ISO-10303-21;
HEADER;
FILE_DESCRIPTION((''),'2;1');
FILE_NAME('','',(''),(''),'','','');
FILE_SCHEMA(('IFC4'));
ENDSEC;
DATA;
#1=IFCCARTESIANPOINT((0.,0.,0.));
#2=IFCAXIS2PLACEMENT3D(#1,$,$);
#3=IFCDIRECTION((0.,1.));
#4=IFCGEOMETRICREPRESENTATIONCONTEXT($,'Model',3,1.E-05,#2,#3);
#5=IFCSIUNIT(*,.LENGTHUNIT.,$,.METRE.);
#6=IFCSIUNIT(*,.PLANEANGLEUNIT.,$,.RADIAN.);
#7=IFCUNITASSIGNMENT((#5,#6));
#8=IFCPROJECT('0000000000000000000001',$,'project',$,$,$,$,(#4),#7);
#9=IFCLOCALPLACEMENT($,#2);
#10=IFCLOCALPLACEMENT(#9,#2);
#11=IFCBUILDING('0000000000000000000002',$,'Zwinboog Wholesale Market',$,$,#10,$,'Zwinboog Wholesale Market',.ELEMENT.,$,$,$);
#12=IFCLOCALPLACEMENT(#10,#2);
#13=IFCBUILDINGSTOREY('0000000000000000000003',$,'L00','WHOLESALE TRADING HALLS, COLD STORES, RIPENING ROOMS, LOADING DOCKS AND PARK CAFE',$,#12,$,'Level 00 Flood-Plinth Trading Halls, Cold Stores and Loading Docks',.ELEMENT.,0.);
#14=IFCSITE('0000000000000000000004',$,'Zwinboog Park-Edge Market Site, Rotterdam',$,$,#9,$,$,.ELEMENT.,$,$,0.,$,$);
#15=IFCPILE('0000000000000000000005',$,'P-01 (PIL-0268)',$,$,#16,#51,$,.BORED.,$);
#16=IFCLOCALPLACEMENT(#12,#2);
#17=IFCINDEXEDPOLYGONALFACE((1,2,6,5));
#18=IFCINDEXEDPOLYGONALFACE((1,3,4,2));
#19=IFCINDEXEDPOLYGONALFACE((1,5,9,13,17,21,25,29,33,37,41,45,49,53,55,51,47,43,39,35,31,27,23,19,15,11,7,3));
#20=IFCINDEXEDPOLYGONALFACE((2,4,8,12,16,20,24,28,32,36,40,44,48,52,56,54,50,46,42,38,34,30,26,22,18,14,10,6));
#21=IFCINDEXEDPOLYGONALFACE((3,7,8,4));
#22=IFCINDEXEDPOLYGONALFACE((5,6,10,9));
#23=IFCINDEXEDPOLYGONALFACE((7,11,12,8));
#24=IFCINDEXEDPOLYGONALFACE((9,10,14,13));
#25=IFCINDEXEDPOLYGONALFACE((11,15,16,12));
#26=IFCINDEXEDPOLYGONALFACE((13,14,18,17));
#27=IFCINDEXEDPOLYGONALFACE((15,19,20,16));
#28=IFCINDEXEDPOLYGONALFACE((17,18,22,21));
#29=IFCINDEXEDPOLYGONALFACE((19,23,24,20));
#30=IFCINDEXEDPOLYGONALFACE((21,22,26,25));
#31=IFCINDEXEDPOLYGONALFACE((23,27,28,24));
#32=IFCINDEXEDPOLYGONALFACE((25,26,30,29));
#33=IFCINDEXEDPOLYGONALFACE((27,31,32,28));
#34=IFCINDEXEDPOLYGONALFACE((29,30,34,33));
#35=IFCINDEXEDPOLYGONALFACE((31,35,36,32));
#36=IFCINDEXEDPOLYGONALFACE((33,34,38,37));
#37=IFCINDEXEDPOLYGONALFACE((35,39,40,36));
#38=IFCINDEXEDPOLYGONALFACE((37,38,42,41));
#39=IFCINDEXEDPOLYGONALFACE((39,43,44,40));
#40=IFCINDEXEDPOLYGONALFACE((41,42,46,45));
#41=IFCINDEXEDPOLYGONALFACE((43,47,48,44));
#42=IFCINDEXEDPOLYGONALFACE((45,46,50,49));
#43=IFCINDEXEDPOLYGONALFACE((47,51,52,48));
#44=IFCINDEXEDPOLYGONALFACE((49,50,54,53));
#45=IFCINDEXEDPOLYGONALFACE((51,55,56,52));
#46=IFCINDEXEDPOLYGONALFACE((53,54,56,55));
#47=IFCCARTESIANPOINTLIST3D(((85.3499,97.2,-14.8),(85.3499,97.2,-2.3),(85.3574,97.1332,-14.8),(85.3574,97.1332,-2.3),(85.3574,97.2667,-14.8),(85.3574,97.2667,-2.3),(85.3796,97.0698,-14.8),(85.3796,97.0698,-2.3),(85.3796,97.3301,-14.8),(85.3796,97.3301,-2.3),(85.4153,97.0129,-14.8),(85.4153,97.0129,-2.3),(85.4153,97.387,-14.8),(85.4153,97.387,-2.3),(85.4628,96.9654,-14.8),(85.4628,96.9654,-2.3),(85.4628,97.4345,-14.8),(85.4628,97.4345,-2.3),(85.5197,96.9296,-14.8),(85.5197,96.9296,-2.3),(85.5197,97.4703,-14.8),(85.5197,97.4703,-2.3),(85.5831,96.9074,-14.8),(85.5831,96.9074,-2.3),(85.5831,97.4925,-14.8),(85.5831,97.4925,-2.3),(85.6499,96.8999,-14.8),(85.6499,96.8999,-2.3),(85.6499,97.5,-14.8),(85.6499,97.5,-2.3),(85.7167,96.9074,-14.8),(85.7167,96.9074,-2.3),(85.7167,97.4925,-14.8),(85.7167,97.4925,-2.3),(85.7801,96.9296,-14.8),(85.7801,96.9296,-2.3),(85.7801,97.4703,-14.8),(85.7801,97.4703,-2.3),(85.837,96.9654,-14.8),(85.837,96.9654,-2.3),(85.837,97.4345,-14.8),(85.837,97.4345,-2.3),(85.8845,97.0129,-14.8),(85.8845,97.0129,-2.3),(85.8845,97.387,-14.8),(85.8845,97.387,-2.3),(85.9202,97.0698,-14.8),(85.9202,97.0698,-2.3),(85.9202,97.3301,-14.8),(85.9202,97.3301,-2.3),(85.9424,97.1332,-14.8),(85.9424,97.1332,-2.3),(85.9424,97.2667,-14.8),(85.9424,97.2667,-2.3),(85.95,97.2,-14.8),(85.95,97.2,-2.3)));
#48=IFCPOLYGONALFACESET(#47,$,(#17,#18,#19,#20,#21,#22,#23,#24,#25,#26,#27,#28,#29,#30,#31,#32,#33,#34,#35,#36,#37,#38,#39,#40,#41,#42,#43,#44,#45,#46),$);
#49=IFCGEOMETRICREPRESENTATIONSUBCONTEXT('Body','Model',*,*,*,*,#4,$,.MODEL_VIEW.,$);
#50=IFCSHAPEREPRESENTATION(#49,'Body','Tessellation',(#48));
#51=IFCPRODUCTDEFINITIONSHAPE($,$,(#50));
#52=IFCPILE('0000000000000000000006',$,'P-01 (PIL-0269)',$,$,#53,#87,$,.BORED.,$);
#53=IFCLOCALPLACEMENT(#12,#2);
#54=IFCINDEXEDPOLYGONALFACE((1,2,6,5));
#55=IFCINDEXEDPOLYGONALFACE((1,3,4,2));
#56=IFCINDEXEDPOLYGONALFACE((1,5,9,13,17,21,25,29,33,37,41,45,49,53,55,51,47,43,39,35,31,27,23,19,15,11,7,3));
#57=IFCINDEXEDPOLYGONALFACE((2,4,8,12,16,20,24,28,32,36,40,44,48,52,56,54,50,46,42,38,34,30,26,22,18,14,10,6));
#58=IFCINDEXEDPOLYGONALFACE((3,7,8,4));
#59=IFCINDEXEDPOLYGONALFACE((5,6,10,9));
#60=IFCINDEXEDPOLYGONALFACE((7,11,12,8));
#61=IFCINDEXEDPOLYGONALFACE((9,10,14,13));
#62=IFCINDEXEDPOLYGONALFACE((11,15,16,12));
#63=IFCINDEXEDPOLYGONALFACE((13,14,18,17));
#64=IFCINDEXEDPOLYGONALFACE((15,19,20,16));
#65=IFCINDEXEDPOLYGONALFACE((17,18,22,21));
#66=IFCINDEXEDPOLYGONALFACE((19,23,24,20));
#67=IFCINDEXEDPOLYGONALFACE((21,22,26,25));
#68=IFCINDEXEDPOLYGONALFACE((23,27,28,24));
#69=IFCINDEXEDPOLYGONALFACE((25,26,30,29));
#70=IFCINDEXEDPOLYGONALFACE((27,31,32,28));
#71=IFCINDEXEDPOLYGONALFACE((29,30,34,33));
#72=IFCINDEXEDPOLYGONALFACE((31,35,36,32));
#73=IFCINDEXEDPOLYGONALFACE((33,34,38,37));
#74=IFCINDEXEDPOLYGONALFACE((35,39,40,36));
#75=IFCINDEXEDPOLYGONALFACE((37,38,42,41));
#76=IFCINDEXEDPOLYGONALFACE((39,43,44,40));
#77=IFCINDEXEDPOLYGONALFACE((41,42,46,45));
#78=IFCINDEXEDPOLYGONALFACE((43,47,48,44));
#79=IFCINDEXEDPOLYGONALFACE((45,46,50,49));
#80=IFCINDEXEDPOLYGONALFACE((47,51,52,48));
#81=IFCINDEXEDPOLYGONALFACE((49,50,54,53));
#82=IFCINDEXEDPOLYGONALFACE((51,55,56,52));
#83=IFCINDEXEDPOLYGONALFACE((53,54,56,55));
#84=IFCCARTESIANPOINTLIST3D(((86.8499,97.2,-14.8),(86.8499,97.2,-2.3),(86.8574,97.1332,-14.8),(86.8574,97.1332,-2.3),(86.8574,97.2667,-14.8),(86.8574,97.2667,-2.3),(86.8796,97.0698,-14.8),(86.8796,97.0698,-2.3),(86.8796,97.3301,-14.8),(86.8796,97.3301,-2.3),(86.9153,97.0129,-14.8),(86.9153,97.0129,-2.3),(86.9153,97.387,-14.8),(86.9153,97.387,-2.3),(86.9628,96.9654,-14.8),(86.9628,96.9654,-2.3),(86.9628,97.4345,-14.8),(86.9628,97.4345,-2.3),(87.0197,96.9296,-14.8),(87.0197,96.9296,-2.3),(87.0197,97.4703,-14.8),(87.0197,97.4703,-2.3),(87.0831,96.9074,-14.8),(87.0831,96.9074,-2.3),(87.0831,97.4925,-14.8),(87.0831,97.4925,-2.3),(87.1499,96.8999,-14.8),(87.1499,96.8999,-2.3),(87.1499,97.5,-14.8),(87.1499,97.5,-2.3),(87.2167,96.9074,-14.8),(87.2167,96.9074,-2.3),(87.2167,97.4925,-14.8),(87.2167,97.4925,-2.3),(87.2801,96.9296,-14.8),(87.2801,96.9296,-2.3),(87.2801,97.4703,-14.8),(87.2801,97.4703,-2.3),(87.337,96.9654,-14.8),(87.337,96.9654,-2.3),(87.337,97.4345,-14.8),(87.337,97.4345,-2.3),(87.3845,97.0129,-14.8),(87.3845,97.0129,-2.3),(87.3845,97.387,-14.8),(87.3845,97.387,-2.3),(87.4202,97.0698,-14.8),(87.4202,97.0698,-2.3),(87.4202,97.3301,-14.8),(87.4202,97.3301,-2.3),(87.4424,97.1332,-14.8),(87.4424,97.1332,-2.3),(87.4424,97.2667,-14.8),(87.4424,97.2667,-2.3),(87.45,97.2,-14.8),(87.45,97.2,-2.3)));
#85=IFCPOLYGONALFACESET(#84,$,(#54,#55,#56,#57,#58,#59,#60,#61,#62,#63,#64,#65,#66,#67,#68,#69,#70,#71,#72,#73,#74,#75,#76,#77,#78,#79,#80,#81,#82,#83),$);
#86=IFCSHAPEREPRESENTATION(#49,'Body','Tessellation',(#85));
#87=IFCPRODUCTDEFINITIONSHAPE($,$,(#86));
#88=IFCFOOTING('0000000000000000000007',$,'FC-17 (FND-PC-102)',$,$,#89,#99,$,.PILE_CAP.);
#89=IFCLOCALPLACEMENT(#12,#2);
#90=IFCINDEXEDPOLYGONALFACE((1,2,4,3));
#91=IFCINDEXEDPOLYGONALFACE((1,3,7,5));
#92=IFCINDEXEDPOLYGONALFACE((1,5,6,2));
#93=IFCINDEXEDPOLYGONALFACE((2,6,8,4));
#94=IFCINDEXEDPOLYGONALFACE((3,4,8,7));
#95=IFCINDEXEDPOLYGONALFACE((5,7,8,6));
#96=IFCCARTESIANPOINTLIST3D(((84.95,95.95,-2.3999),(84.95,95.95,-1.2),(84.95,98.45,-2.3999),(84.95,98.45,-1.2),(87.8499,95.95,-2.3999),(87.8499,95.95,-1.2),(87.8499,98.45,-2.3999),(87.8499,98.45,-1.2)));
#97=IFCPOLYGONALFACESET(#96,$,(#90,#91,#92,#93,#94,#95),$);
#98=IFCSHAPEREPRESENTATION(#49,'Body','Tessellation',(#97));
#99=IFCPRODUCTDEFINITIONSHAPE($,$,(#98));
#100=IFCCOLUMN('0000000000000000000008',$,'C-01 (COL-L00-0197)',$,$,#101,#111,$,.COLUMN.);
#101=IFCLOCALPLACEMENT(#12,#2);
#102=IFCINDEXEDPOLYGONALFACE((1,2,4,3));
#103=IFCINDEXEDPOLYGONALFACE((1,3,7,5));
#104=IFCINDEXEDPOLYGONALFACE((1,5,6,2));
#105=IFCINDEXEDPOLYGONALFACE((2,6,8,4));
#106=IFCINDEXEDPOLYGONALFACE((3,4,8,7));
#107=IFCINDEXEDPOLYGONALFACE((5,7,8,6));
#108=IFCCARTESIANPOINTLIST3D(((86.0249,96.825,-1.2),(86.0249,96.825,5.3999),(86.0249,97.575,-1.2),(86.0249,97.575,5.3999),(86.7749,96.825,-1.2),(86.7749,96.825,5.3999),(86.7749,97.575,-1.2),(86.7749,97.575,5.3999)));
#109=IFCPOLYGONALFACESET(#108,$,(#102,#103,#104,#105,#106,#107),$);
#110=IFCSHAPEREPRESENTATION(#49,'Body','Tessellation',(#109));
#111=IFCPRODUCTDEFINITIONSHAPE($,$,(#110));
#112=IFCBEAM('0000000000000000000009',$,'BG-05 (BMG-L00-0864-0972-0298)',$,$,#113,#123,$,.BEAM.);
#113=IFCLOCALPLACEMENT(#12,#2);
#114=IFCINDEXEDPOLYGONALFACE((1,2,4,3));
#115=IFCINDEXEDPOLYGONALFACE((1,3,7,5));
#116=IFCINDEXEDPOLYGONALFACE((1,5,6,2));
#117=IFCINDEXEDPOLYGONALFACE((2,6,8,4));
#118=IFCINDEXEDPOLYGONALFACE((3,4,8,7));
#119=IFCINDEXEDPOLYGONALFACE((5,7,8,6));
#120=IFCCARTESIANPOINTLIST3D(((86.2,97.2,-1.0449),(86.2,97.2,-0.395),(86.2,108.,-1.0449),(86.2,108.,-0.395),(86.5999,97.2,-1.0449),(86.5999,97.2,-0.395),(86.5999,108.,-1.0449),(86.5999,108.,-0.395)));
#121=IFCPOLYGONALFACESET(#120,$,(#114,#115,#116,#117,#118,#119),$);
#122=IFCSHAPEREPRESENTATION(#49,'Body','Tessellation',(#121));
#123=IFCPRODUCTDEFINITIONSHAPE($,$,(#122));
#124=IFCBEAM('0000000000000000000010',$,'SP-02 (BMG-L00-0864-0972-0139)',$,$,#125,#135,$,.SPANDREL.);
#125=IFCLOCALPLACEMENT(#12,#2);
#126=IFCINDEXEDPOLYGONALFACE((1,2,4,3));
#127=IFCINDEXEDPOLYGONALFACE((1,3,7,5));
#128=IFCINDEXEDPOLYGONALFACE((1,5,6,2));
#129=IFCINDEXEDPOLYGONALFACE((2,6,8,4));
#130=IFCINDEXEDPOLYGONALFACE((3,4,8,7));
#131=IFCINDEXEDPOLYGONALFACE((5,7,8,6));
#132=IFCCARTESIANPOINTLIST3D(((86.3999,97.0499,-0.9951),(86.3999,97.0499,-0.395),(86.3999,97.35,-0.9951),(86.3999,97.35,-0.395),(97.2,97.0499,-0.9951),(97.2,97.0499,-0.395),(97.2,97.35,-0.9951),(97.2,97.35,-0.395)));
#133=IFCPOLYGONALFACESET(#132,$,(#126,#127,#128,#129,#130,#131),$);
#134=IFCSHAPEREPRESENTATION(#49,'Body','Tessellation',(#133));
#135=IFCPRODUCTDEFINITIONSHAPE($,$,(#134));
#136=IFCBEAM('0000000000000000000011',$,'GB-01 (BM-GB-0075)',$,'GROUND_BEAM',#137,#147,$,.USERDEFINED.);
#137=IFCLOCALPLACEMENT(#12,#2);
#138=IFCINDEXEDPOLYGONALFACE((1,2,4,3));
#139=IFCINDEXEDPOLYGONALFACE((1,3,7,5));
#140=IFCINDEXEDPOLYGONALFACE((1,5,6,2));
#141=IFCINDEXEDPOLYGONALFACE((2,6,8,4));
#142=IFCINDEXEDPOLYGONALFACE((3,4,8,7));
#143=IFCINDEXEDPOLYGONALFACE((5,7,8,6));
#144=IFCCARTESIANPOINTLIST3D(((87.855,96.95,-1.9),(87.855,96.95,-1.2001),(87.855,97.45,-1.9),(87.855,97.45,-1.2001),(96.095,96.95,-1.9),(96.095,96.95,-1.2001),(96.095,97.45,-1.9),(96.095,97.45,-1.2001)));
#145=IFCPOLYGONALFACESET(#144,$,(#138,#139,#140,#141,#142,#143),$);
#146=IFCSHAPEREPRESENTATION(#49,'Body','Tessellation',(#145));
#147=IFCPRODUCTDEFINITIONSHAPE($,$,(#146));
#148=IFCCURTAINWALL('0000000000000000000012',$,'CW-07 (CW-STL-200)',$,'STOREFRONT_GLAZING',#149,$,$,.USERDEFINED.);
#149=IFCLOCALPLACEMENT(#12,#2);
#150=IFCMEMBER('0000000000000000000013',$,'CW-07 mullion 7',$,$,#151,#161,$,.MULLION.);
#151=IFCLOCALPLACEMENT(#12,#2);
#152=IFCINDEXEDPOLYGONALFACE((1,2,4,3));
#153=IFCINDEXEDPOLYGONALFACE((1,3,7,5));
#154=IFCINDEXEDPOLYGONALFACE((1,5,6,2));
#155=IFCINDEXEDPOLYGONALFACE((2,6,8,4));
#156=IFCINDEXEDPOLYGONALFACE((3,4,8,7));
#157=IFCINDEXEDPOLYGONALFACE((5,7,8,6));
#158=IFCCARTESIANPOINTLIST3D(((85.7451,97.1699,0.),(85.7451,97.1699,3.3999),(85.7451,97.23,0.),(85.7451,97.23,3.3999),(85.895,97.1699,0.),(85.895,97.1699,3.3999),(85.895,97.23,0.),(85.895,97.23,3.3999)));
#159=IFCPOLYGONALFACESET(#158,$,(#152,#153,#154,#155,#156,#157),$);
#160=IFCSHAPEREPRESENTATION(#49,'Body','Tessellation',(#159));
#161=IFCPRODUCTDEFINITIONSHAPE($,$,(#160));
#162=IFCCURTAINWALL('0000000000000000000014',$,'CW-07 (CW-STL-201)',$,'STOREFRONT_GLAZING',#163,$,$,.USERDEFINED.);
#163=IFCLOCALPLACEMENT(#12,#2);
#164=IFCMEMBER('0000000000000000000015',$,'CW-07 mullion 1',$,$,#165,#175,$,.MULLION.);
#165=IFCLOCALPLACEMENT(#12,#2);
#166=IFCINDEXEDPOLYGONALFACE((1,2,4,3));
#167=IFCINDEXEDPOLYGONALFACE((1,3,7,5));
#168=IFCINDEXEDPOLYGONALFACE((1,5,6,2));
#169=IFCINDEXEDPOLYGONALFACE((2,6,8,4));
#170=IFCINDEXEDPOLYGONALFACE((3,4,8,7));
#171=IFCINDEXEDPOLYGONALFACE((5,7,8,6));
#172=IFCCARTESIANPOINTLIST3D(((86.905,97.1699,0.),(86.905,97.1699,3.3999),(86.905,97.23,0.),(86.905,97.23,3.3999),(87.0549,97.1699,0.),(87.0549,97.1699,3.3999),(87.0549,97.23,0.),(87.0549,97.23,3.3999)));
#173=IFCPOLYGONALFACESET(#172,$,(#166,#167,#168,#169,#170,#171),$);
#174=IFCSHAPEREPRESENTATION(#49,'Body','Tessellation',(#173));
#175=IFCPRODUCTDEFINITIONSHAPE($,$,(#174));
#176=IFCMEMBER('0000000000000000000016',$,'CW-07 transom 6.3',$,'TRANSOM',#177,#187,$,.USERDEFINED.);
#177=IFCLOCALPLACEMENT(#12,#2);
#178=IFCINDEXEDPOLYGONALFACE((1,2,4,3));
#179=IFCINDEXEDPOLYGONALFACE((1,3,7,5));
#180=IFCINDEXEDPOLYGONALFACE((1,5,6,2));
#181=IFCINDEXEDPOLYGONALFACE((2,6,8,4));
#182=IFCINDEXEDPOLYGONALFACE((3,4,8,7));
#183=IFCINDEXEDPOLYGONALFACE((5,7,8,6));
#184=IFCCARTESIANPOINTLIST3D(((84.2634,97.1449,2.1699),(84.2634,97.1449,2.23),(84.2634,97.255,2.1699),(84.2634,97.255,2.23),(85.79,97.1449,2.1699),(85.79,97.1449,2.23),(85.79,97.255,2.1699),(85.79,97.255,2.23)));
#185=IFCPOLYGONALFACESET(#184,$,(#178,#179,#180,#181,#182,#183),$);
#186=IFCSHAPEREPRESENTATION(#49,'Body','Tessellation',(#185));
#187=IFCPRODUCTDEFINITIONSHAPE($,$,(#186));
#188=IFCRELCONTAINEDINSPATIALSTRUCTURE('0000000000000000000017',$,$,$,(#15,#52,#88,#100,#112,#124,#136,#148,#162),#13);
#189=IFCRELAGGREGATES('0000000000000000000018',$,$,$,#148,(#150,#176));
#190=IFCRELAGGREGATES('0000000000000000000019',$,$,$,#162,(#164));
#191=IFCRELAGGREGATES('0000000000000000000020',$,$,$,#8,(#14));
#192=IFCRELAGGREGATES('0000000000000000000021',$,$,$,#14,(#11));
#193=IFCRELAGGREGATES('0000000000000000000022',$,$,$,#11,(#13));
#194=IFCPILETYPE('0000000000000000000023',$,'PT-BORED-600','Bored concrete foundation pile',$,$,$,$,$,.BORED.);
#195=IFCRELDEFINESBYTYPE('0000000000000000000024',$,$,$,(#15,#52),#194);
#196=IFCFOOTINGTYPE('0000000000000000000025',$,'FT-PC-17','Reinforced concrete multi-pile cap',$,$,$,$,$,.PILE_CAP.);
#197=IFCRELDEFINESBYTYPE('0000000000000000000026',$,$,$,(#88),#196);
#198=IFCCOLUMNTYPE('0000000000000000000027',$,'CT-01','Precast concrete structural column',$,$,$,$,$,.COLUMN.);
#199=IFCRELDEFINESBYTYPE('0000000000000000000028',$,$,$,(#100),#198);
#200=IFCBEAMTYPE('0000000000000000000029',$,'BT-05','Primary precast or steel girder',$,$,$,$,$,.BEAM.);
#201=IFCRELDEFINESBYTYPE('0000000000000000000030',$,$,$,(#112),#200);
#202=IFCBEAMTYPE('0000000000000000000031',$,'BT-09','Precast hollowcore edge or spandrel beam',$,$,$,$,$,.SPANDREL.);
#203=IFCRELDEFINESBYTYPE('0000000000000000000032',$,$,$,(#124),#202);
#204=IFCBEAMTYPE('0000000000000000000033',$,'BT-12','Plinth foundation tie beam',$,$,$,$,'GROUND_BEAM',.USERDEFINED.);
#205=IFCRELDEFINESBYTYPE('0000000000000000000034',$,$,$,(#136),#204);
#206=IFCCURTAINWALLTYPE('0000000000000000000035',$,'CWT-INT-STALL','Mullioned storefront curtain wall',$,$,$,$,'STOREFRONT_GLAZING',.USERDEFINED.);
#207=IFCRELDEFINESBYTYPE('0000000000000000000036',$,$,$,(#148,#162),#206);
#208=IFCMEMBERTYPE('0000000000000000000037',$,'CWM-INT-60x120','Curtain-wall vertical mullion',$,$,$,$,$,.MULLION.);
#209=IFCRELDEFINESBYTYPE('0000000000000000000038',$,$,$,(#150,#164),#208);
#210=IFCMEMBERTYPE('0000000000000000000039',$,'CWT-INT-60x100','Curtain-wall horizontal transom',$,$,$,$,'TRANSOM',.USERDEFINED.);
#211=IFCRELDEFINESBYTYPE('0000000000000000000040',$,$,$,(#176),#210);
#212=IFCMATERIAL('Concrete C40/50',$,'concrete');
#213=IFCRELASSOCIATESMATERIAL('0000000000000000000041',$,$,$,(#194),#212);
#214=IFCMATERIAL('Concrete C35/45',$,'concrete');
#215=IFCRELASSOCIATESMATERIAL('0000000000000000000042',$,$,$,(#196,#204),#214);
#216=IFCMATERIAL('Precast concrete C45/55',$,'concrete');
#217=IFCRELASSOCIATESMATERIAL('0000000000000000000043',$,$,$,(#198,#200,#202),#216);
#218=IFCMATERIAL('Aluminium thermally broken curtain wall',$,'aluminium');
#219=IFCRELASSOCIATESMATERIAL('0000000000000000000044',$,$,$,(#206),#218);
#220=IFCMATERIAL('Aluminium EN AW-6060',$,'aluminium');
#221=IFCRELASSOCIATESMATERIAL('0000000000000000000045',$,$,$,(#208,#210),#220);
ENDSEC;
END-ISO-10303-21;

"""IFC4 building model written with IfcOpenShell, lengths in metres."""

from ifc_helpers import new_model, si_unit, direction, frame, origin, origin_2d, place, context, subcontext, project, spatial, rectangle, circle, extrude, material, material_profile, profile_set, type_object, element, aggregate, save


model = new_model("IFC4")

# Units and contexts
model_context = context("Model", 3, precision=1e-05, world=origin(), true_north=direction((0.0, 1.0)))
body_context = subcontext(model_context, "Body", "Model", "MODEL_VIEW")
ifc_project = project(units=[si_unit("LENGTHUNIT", "METRE"), si_unit("PLANEANGLEUNIT", "RADIAN")], contexts=[model_context])

# Site, building, storey
site_placement = place(None, origin())
site = spatial("IfcSite", under=ifc_project, at=site_placement, Name="Zwinboog Park-Edge Market Site, Rotterdam", CompositionType="ELEMENT", RefElevation=0.0)
building_placement = place(site_placement, origin())
building = spatial("IfcBuilding", under=site, at=building_placement, Name="Zwinboog Wholesale Market", LongName="Zwinboog Wholesale Market", CompositionType="ELEMENT")
storey_placement = place(building_placement, origin())
storey = spatial("IfcBuildingStorey", under=building, at=storey_placement, Name="L00", Description="WHOLESALE TRADING HALLS, COLD STORES, RIPENING ROOMS, LOADING DOCKS AND PARK CAFE", LongName="Level 00 Flood-Plinth Trading Halls, Cold Stores and Loading Docks", CompositionType="ELEMENT", Elevation=0.0)

# Piles
ifc_material_1 = material(Name="Concrete C40/50", Category="concrete")
ifc_material_profile_1 = material_profile(ifc_material_1, circle(Radius=0.3, at=origin_2d()), Name="PILE D600")
ifc_profile_set_1 = profile_set([ifc_material_profile_1], Name="Concrete C40/50")
pile_type = type_object("IfcPileType", Name="PT-BORED-600", Description="Bored concrete foundation pile", PredefinedType="BORED", material=ifc_profile_set_1)
for number, where, z_axis, x_axis, name in (
    (1, (85.6499, 97.2, -2.3), (0.0, 0.0, -1.0), (1.0, 0.0, 0.0), "P-01 (PIL-0268)"),
    (2, (87.1499, 97.2, -2.3), (0.0, 0.0, -1.0), (1.0, 0.0, 0.0), "P-01 (PIL-0269)"),
):
    element("IfcPile", number, at=place(storey_placement, frame(where, z_axis=z_axis, x_axis=x_axis)), inside=storey, type_object=pile_type, Name=name, PredefinedType="BORED", context=body_context, shape_type="SweptSolid", body=[
        extrude(circle(Radius=0.3, at=origin_2d()), origin(), (0.0, 0.0, 1.0), 12.5),
    ])

# Footing
ifc_material_2 = material(Name="Concrete C35/45", Category="concrete")
footing_type = type_object("IfcFootingType", Name="FT-PC-17", Description="Reinforced concrete multi-pile cap", PredefinedType="PILE_CAP", material=ifc_material_2)
footing_placement = place(storey_placement, frame((86.3999, 97.2, -2.3999), z_axis=(0.0, 0.0, 1.0), x_axis=(1.0, 0.0, 0.0)))
element("IfcFooting", 3, at=footing_placement, inside=storey, type_object=footing_type, Name="FC-17 (FND-PC-102)", PredefinedType="PILE_CAP", context=body_context, shape_type="SweptSolid", body=[
    extrude(rectangle(XDim=2.8999, YDim=2.5, at=origin_2d()), origin(), (0.0, 0.0, 1.0), 1.2),
])

# Column
ifc_material_3 = material(Name="Precast concrete C45/55", Category="concrete")
ifc_material_profile_2 = material_profile(ifc_material_3, rectangle(XDim=0.75, YDim=0.75, at=origin_2d()), Name="PC 750x750")
ifc_profile_set_2 = profile_set([ifc_material_profile_2], Name="Precast concrete C45/55")
column_type = type_object("IfcColumnType", Name="CT-01", Description="Precast concrete structural column", PredefinedType="COLUMN", material=ifc_profile_set_2)
column_placement = place(storey_placement, frame((86.3999, 97.2, -1.2), z_axis=(0.0, 0.0, 1.0), x_axis=(1.0, 0.0, 0.0)))
element("IfcColumn", 4, at=column_placement, inside=storey, type_object=column_type, Name="C-01 (COL-L00-0197)", PredefinedType="COLUMN", context=body_context, shape_type="SweptSolid", body=[
    extrude(rectangle(XDim=0.75, YDim=0.75, at=origin_2d()), origin(), (0.0, 0.0, 1.0), 6.5999),
])

# Beams
ifc_material_profile_3 = material_profile(ifc_material_3, rectangle(XDim=0.3999, YDim=0.6499, at=origin_2d()), Name="PC 400x650")
ifc_profile_set_3 = profile_set([ifc_material_profile_3], Name="Precast concrete C45/55")
beam_type_1 = type_object("IfcBeamType", Name="BT-05", Description="Primary precast or steel girder", PredefinedType="BEAM", material=ifc_profile_set_3)
beam_1_placement = place(storey_placement, frame((86.3999, 97.2, -0.72), z_axis=(0.0, 1.0, 0.0), x_axis=(-1.0, 0.0, 0.0)))
element("IfcBeam", 5, at=beam_1_placement, inside=storey, type_object=beam_type_1, Name="BG-05 (BMG-L00-0864-0972-0298)", PredefinedType="BEAM", context=body_context, shape_type="SweptSolid", body=[
    extrude(rectangle(XDim=0.3999, YDim=0.6499, at=origin_2d()), origin(), (0.0, 0.0, 1.0), 10.8),
])
ifc_material_profile_4 = material_profile(ifc_material_3, rectangle(XDim=0.3, YDim=0.6001, at=origin_2d()), Name="PC 300x600")
ifc_profile_set_4 = profile_set([ifc_material_profile_4], Name="Precast concrete C45/55")
beam_type_2 = type_object("IfcBeamType", Name="BT-09", Description="Precast hollowcore edge or spandrel beam", PredefinedType="SPANDREL", material=ifc_profile_set_4)
beam_2_placement = place(storey_placement, frame((86.3999, 97.2, -0.6951), z_axis=(1.0, 0.0, 0.0), x_axis=(0.0, 1.0, 0.0)))
element("IfcBeam", 6, at=beam_2_placement, inside=storey, type_object=beam_type_2, Name="SP-02 (BMG-L00-0864-0972-0139)", PredefinedType="SPANDREL", context=body_context, shape_type="SweptSolid", body=[
    extrude(rectangle(XDim=0.3, YDim=0.6001, at=origin_2d()), origin(), (0.0, 0.0, 1.0), 10.8),
])
ifc_material_profile_5 = material_profile(ifc_material_2, rectangle(XDim=0.5, YDim=0.7, at=origin_2d()), Name="RC 500x700")
ifc_profile_set_5 = profile_set([ifc_material_profile_5], Name="Concrete C35/45")
beam_type_3 = type_object("IfcBeamType", Name="BT-12", Description="Plinth foundation tie beam", ElementType="GROUND_BEAM", PredefinedType="USERDEFINED", material=ifc_profile_set_5)
beam_3_placement = place(storey_placement, frame((87.855, 97.2, -1.55), z_axis=(1.0, 0.0, 0.0), x_axis=(0.0, 1.0, 0.0)))
element("IfcBeam", 7, at=beam_3_placement, inside=storey, type_object=beam_type_3, Name="GB-01 (BM-GB-0075)", ObjectType="GROUND_BEAM", PredefinedType="USERDEFINED", context=body_context, shape_type="SweptSolid", body=[
    extrude(rectangle(XDim=0.5, YDim=0.7, at=origin_2d()), origin(), (0.0, 0.0, 1.0), 8.24),
])

# Curtain walls, members
ifc_material_4 = material(Name="Aluminium thermally broken curtain wall", Category="aluminium")
curtain_wall_type = type_object("IfcCurtainWallType", Name="CWT-INT-STALL", Description="Mullioned storefront curtain wall", ElementType="STOREFRONT_GLAZING", PredefinedType="USERDEFINED", material=ifc_material_4)
curtain_wall_1_placement = place(storey_placement, origin())
curtain_wall_1 = element("IfcCurtainWall", 8, at=curtain_wall_1_placement, inside=storey, type_object=curtain_wall_type, Name="CW-07 (CW-STL-200)", ObjectType="STOREFRONT_GLAZING", PredefinedType="USERDEFINED")
ifc_material_5 = material(Name="Aluminium EN AW-6060", Category="aluminium")
ifc_material_profile_6 = material_profile(ifc_material_5, rectangle(XDim=0.0601, YDim=0.1499, at=origin_2d()), Name="AL 60x150")
ifc_profile_set_6 = profile_set([ifc_material_profile_6], Name="Aluminium EN AW-6060")
member_type_1 = type_object("IfcMemberType", Name="CWM-INT-60x120", Description="Curtain-wall vertical mullion", PredefinedType="MULLION", material=ifc_profile_set_6)
member_1_placement = place(storey_placement, frame((85.8201, 97.2, 0.0), z_axis=(0.0, 0.0, 1.0), x_axis=(0.0, 1.0, 0.0)))
member_1 = element("IfcMember", 9, at=member_1_placement, type_object=member_type_1, Name="CW-07 mullion 7", PredefinedType="MULLION", context=body_context, shape_type="SweptSolid", body=[
    extrude(rectangle(XDim=0.0601, YDim=0.1499, at=origin_2d()), origin(), (0.0, 0.0, 1.0), 3.3999),
])
curtain_wall_2_placement = place(storey_placement, origin())
curtain_wall_2 = element("IfcCurtainWall", 10, at=curtain_wall_2_placement, inside=storey, type_object=curtain_wall_type, Name="CW-07 (CW-STL-201)", ObjectType="STOREFRONT_GLAZING", PredefinedType="USERDEFINED")
member_2_placement = place(storey_placement, frame((86.98, 97.2, 0.0), z_axis=(0.0, 0.0, 1.0), x_axis=(0.0, 1.0, 0.0)))
member_2 = element("IfcMember", 11, at=member_2_placement, type_object=member_type_1, Name="CW-07 mullion 1", PredefinedType="MULLION", context=body_context, shape_type="SweptSolid", body=[
    extrude(rectangle(XDim=0.0601, YDim=0.1499, at=origin_2d()), origin(), (0.0, 0.0, 1.0), 3.3999),
])

# Member
ifc_material_profile_7 = material_profile(ifc_material_5, rectangle(XDim=0.1101, YDim=0.0601, at=origin_2d()), Name="AL 60x110")
ifc_profile_set_7 = profile_set([ifc_material_profile_7], Name="Aluminium EN AW-6060")
member_type_2 = type_object("IfcMemberType", Name="CWT-INT-60x100", Description="Curtain-wall horizontal transom", ElementType="TRANSOM", PredefinedType="USERDEFINED", material=ifc_profile_set_7)
member_3_placement = place(storey_placement, frame((84.2634, 97.2, 2.2), z_axis=(1.0, 0.0, 0.0), x_axis=(0.0, 1.0, 0.0)))
member_3 = element("IfcMember", 12, at=member_3_placement, type_object=member_type_2, Name="CW-07 transom 6.3", ObjectType="TRANSOM", PredefinedType="USERDEFINED", context=body_context, shape_type="SweptSolid", body=[
    extrude(rectangle(XDim=0.1101, YDim=0.0601, at=origin_2d()), origin(), (0.0, 0.0, 1.0), 1.5266),
])

aggregate(curtain_wall_1, [member_1, member_3])
aggregate(curtain_wall_2, [member_2])

save(model, "model.ifc")
